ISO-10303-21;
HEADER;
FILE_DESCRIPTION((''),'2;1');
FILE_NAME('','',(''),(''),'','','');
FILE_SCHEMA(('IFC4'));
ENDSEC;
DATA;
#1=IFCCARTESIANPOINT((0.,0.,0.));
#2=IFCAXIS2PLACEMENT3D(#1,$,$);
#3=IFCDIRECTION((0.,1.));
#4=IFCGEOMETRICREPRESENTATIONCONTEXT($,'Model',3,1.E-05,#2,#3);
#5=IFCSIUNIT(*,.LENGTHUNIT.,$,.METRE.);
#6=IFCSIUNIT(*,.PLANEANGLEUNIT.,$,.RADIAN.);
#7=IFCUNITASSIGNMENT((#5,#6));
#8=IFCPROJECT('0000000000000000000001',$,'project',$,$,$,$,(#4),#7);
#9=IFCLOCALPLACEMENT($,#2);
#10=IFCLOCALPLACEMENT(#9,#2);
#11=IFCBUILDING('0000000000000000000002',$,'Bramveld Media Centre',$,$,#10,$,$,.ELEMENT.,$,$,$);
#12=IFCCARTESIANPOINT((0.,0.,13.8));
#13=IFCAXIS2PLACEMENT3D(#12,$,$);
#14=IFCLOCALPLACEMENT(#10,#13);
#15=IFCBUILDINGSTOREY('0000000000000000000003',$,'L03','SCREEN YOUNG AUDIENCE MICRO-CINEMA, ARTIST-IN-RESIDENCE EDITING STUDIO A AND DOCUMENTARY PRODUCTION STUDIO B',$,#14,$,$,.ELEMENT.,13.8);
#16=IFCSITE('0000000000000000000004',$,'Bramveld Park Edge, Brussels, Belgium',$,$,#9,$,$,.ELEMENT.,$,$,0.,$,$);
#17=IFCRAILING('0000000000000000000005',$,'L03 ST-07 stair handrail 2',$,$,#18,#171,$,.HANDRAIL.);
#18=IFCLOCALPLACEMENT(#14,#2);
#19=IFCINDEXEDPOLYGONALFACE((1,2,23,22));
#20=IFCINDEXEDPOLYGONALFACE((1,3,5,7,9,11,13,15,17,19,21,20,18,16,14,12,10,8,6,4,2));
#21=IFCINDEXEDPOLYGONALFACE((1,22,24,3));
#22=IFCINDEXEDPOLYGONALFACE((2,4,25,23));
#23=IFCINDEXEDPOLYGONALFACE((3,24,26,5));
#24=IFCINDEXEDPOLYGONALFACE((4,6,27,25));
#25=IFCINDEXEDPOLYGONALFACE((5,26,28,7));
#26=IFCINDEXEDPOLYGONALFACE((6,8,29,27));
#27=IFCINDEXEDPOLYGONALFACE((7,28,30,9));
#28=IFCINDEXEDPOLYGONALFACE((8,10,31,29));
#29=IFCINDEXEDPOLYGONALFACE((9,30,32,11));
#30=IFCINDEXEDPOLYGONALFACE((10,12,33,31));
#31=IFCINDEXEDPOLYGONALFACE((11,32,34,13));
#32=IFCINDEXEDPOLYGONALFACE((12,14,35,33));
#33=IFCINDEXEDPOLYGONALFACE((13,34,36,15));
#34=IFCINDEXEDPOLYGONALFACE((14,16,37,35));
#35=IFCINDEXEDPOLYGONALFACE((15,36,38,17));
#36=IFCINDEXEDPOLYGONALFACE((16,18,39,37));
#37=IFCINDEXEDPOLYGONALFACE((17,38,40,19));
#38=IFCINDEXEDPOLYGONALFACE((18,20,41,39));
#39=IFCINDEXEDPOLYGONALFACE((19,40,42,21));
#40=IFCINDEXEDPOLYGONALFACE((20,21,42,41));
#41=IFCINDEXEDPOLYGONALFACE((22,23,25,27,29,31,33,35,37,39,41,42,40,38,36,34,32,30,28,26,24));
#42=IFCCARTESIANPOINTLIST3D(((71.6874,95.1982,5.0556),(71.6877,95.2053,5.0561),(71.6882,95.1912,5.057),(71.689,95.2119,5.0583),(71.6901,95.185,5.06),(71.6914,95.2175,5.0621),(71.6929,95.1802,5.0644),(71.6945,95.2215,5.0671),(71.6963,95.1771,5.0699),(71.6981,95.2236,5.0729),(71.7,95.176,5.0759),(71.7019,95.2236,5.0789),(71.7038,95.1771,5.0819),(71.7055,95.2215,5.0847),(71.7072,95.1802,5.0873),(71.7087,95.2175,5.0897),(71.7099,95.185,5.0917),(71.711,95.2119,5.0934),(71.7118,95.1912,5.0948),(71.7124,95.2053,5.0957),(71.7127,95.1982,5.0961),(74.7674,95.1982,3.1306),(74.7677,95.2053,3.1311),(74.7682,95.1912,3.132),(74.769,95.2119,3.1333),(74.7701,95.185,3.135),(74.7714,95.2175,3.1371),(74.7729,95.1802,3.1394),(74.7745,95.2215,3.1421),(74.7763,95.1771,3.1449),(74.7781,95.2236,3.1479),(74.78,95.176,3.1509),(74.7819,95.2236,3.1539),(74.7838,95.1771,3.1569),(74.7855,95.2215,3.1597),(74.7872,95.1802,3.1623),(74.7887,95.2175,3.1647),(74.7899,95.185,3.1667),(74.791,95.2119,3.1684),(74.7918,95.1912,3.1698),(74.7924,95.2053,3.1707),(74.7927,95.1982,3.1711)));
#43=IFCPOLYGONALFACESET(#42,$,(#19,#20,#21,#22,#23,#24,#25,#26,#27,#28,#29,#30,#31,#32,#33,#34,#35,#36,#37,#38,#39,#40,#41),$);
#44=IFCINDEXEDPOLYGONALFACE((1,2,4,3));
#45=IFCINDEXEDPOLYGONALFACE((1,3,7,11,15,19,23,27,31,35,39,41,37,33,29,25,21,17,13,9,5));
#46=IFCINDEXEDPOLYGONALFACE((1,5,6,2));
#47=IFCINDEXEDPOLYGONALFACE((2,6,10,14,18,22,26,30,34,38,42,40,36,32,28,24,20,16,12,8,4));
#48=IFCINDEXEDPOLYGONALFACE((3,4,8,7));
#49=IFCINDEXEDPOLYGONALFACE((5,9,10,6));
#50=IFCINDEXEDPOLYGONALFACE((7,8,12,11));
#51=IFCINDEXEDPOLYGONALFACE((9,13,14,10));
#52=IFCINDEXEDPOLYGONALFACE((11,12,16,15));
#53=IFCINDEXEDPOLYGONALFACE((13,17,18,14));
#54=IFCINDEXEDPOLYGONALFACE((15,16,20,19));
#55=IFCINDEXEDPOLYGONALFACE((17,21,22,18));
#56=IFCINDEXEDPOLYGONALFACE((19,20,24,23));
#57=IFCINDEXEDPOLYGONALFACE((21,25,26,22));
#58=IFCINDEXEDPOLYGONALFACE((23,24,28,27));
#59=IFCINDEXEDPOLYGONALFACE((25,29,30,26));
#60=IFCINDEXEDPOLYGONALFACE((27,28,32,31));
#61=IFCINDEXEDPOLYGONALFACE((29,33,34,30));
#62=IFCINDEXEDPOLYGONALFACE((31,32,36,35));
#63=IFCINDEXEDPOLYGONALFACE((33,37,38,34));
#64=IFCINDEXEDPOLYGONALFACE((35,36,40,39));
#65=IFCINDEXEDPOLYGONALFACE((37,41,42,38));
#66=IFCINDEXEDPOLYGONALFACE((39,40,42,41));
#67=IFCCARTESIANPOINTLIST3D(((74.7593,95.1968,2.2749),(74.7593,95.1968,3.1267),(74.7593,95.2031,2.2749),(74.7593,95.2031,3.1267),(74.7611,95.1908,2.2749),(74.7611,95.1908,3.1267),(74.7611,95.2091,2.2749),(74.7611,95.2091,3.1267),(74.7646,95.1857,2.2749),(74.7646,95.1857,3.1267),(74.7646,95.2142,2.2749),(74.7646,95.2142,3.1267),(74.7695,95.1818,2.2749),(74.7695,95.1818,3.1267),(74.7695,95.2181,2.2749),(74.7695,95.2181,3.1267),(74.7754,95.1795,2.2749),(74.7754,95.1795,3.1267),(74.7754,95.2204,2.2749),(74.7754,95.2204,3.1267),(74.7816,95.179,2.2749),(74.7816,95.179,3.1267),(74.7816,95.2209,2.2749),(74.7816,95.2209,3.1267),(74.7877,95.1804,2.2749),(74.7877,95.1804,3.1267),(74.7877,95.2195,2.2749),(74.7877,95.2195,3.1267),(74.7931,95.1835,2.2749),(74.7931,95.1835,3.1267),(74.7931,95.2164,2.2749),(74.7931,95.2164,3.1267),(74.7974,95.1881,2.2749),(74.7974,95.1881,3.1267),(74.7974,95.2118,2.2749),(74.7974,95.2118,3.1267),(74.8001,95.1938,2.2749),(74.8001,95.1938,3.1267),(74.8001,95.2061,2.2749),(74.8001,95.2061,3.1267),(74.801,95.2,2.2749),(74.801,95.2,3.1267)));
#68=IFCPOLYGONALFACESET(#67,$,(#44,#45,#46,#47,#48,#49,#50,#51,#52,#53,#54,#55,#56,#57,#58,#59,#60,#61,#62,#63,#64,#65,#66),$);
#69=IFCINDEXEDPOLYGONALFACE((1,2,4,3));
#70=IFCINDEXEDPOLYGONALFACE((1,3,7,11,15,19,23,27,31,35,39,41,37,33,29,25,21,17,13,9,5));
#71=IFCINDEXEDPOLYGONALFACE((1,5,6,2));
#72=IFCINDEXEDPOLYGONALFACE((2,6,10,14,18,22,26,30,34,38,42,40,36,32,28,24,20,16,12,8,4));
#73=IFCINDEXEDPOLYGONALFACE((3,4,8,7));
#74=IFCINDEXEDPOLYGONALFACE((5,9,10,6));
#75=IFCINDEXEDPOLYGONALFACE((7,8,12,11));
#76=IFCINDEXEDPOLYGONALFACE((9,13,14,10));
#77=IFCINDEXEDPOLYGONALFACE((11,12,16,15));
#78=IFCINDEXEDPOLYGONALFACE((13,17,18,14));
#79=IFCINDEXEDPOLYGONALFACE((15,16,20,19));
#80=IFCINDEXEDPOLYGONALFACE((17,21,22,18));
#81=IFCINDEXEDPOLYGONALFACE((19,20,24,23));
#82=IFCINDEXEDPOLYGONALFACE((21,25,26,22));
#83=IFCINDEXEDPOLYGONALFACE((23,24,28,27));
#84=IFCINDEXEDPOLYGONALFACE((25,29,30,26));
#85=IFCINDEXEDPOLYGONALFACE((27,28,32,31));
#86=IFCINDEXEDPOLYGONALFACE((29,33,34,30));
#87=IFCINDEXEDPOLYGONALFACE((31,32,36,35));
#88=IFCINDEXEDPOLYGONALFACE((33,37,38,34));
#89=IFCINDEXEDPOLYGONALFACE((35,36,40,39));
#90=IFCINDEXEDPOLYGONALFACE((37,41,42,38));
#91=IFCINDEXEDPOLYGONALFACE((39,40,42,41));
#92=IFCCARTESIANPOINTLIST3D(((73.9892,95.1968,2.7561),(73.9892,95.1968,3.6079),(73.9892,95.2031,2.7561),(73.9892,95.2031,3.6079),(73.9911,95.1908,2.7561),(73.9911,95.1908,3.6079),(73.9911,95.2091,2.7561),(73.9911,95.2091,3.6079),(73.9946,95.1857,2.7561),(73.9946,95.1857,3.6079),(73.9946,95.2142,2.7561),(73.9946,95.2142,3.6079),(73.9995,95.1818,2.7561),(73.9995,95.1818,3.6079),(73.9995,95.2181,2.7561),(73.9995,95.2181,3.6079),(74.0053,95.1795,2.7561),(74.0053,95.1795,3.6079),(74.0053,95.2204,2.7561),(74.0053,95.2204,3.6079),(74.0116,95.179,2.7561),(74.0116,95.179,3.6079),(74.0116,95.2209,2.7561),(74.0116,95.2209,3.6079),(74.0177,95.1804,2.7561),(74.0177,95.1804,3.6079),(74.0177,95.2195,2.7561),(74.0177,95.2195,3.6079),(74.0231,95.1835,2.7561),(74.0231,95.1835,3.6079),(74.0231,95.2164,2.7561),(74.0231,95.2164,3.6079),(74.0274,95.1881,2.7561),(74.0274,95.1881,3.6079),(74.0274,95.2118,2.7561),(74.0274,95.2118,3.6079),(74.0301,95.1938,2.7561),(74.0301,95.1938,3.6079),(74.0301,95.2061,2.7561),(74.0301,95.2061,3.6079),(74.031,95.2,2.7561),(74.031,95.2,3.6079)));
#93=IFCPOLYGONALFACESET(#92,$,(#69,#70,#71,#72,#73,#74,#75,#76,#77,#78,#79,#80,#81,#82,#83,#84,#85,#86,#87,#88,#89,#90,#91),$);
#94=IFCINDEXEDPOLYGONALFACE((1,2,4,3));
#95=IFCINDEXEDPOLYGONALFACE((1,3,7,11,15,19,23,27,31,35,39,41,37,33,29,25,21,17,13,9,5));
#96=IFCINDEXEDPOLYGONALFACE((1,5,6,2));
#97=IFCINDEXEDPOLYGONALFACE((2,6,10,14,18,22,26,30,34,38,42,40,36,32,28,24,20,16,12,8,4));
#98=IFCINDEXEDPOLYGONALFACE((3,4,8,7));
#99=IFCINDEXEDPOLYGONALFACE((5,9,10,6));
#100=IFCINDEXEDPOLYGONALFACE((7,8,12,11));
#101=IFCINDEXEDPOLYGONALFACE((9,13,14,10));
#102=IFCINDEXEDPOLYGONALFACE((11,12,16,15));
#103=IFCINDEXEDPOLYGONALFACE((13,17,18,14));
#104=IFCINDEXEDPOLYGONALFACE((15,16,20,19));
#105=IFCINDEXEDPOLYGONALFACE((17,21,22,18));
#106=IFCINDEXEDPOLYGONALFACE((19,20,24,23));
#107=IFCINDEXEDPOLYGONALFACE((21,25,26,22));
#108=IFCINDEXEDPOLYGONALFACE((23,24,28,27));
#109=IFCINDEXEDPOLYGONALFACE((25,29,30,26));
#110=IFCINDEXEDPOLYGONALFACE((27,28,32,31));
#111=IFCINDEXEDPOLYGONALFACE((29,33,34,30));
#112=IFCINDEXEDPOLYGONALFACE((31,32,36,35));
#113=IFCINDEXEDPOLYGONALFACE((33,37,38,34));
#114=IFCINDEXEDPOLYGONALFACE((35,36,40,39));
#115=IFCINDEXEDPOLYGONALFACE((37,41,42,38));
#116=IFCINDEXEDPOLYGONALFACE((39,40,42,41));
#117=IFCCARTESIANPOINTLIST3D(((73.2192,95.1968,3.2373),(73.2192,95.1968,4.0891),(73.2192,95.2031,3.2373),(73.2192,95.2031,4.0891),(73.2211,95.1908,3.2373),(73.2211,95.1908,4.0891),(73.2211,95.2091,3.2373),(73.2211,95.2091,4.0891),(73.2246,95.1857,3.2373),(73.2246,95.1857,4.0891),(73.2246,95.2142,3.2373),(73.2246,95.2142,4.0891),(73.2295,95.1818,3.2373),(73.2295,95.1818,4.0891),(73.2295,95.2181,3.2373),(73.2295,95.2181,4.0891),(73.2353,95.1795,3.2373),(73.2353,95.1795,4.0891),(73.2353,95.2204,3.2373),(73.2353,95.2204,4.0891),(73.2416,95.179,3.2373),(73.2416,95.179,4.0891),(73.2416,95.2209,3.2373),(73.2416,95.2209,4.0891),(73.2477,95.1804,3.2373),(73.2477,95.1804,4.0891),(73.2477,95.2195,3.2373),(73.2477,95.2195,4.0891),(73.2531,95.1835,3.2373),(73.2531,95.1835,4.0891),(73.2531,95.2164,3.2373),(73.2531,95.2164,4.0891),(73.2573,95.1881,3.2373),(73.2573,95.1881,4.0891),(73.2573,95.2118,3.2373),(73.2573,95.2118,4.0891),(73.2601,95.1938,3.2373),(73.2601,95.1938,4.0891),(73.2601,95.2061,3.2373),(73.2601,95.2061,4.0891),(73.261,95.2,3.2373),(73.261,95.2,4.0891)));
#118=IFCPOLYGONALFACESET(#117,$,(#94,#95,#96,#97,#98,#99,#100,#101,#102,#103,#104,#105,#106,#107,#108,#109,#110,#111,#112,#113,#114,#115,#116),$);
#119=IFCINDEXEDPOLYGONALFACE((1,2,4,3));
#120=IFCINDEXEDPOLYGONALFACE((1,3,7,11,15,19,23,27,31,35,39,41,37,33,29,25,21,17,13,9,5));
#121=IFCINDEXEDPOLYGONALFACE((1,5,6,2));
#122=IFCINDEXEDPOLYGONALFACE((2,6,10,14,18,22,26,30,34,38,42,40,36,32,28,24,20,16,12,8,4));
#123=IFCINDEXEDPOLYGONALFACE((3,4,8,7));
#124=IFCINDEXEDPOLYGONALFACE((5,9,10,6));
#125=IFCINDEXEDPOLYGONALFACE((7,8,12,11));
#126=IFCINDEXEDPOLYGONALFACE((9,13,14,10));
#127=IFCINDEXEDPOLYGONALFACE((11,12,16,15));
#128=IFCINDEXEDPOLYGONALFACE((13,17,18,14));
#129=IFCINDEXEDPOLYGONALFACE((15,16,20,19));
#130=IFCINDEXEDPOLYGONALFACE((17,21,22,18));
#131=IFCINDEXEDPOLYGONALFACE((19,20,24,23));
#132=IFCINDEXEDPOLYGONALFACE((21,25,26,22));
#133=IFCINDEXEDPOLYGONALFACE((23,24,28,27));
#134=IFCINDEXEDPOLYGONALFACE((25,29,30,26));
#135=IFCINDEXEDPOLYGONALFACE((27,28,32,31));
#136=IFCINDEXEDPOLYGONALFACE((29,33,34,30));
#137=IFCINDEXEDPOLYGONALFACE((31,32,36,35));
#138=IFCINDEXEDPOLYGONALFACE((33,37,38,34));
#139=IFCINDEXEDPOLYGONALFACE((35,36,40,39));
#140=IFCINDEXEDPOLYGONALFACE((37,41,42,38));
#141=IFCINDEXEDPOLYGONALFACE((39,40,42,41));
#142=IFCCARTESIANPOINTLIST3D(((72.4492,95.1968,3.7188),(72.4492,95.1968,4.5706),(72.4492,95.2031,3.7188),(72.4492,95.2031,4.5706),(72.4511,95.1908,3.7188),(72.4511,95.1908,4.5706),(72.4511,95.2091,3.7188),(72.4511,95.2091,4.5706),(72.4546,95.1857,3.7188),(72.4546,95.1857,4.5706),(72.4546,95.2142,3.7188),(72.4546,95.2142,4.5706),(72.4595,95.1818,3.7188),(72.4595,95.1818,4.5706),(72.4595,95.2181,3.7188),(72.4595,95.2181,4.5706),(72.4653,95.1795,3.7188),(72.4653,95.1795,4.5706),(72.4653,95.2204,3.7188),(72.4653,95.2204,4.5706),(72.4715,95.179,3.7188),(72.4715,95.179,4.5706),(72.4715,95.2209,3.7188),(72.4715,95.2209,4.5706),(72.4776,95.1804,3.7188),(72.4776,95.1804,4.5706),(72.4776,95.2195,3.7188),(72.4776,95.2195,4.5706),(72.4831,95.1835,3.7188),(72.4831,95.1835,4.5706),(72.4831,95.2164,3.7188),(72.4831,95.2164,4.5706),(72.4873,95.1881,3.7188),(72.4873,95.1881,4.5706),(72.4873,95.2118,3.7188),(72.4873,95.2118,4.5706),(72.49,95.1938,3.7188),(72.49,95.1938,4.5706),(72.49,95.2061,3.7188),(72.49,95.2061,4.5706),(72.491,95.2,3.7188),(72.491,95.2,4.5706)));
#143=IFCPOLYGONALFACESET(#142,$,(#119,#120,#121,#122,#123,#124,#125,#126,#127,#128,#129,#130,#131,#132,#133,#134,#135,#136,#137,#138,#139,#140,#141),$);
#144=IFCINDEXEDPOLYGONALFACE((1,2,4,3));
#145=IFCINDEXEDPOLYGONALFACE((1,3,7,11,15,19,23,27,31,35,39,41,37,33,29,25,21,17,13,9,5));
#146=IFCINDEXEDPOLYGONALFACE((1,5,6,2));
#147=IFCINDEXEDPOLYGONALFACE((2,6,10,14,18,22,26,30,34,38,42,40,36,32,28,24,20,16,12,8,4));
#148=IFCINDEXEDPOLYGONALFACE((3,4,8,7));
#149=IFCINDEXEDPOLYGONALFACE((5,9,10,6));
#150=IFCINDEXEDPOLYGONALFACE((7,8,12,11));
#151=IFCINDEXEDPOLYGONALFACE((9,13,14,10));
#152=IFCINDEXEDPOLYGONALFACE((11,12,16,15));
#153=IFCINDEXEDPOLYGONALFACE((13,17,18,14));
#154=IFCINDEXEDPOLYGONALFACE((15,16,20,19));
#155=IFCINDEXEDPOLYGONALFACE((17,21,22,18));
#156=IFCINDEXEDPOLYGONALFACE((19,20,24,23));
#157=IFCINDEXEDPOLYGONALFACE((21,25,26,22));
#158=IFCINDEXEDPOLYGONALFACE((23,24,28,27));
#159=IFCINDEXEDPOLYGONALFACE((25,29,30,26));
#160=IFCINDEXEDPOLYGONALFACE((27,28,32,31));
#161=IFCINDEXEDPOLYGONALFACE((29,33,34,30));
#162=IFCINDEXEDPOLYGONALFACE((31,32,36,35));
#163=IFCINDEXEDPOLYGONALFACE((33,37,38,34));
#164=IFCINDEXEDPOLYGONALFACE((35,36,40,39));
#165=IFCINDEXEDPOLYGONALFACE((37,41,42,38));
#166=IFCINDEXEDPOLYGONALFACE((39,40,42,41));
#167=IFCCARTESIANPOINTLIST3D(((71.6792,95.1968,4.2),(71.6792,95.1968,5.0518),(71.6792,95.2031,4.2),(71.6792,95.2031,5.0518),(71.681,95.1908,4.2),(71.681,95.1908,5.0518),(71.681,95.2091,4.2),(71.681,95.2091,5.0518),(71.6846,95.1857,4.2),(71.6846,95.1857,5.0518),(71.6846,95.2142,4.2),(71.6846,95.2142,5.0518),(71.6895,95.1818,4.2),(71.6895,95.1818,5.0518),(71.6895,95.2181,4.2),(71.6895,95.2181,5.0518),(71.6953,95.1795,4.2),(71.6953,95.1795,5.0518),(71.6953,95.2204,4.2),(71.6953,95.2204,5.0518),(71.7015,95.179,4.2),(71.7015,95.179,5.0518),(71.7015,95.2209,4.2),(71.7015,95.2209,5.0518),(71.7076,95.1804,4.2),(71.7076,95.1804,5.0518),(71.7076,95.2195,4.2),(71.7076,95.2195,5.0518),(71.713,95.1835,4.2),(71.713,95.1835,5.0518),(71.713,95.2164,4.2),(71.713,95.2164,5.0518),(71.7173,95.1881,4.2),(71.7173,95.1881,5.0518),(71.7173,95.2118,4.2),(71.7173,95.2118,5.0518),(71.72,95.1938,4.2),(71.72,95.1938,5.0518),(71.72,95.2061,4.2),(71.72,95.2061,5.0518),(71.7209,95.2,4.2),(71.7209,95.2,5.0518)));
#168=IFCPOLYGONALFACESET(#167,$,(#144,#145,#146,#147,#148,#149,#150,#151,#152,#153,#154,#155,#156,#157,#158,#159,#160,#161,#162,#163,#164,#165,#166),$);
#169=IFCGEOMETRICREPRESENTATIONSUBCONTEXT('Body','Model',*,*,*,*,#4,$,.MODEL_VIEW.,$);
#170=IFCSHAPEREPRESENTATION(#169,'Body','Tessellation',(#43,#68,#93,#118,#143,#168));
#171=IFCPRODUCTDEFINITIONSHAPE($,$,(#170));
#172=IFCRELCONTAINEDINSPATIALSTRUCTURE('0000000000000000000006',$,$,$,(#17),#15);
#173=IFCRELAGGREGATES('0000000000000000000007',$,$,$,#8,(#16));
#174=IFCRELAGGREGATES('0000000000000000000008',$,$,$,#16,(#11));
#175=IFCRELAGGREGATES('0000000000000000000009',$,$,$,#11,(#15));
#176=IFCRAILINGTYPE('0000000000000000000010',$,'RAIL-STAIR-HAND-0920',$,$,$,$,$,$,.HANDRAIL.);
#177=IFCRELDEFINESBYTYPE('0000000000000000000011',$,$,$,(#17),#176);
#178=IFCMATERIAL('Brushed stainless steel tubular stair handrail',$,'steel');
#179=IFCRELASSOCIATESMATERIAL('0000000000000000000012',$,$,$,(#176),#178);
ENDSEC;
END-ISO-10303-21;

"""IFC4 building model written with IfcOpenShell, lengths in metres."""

from ifc_helpers import new_model, si_unit, direction, frame, origin, origin_2d, place, context, subcontext, project, spatial, circle, extrude, material, type_object, element, save


model = new_model("IFC4")

# Units and contexts
model_context = context("Model", 3, precision=1e-05, world=origin(), true_north=direction((0.0, 1.0)))
body_context = subcontext(model_context, "Body", "Model", "MODEL_VIEW")
ifc_project = project(units=[si_unit("LENGTHUNIT", "METRE"), si_unit("PLANEANGLEUNIT", "RADIAN")], contexts=[model_context])

# Site, building, storey
site_placement = place(None, origin())
site = spatial("IfcSite", under=ifc_project, at=site_placement, Name="Bramveld Park Edge, Brussels, Belgium", CompositionType="ELEMENT", RefElevation=0.0)
building_placement = place(site_placement, origin())
building = spatial("IfcBuilding", under=site, at=building_placement, Name="Bramveld Media Centre", CompositionType="ELEMENT")
storey_placement = place(building_placement, frame((0.0, 0.0, 13.8)))
storey = spatial("IfcBuildingStorey", under=building, at=storey_placement, Name="L03", Description="SCREEN YOUNG AUDIENCE MICRO-CINEMA, ARTIST-IN-RESIDENCE EDITING STUDIO A AND DOCUMENTARY PRODUCTION STUDIO B", CompositionType="ELEMENT", Elevation=13.8)

# Railing
ifc_material_1 = material(Name="Brushed stainless steel tubular stair handrail", Category="steel")
railing_type_1 = type_object("IfcRailingType", Name="RAIL-STAIR-HAND-0920", PredefinedType="HANDRAIL", material=ifc_material_1)
railing_1_placement = place(storey_placement, frame((74.78, 95.2, 2.2749)))
element("IfcRailing", 1, at=railing_1_placement, inside=storey, type_object=railing_type_1, Name="L03 ST-07 stair handrail 2", PredefinedType="HANDRAIL", context=body_context, shape_type="SweptSolid", body=[
    extrude(circle(Radius=0.0239, at=origin_2d()), frame((0.0, 0.0, 0.876), z_axis=(-0.847998, 0.0, 0.529999), x_axis=(0.0, -1.0, 0.0)), (0.0, 0.0, 1.0), 3.6321),
    extrude(circle(Radius=0.021, at=origin_2d()), origin(), (0.0, 0.0, 1.0), 0.8518),
    extrude(circle(Radius=0.021, at=origin_2d()), frame((-0.77, 0.0, 0.4812)), (0.0, 0.0, 1.0), 0.8518),
    extrude(circle(Radius=0.021, at=origin_2d()), frame((-1.54, 0.0, 0.9624)), (0.0, 0.0, 1.0), 0.8518),
    extrude(circle(Radius=0.021, at=origin_2d()), frame((-2.3101, 0.0, 1.4438)), (0.0, 0.0, 1.0), 0.8518),
    extrude(circle(Radius=0.021, at=origin_2d()), frame((-3.0801, 0.0, 1.925)), (0.0, 0.0, 1.0), 0.8518),
])

save(model, "model.ifc")
